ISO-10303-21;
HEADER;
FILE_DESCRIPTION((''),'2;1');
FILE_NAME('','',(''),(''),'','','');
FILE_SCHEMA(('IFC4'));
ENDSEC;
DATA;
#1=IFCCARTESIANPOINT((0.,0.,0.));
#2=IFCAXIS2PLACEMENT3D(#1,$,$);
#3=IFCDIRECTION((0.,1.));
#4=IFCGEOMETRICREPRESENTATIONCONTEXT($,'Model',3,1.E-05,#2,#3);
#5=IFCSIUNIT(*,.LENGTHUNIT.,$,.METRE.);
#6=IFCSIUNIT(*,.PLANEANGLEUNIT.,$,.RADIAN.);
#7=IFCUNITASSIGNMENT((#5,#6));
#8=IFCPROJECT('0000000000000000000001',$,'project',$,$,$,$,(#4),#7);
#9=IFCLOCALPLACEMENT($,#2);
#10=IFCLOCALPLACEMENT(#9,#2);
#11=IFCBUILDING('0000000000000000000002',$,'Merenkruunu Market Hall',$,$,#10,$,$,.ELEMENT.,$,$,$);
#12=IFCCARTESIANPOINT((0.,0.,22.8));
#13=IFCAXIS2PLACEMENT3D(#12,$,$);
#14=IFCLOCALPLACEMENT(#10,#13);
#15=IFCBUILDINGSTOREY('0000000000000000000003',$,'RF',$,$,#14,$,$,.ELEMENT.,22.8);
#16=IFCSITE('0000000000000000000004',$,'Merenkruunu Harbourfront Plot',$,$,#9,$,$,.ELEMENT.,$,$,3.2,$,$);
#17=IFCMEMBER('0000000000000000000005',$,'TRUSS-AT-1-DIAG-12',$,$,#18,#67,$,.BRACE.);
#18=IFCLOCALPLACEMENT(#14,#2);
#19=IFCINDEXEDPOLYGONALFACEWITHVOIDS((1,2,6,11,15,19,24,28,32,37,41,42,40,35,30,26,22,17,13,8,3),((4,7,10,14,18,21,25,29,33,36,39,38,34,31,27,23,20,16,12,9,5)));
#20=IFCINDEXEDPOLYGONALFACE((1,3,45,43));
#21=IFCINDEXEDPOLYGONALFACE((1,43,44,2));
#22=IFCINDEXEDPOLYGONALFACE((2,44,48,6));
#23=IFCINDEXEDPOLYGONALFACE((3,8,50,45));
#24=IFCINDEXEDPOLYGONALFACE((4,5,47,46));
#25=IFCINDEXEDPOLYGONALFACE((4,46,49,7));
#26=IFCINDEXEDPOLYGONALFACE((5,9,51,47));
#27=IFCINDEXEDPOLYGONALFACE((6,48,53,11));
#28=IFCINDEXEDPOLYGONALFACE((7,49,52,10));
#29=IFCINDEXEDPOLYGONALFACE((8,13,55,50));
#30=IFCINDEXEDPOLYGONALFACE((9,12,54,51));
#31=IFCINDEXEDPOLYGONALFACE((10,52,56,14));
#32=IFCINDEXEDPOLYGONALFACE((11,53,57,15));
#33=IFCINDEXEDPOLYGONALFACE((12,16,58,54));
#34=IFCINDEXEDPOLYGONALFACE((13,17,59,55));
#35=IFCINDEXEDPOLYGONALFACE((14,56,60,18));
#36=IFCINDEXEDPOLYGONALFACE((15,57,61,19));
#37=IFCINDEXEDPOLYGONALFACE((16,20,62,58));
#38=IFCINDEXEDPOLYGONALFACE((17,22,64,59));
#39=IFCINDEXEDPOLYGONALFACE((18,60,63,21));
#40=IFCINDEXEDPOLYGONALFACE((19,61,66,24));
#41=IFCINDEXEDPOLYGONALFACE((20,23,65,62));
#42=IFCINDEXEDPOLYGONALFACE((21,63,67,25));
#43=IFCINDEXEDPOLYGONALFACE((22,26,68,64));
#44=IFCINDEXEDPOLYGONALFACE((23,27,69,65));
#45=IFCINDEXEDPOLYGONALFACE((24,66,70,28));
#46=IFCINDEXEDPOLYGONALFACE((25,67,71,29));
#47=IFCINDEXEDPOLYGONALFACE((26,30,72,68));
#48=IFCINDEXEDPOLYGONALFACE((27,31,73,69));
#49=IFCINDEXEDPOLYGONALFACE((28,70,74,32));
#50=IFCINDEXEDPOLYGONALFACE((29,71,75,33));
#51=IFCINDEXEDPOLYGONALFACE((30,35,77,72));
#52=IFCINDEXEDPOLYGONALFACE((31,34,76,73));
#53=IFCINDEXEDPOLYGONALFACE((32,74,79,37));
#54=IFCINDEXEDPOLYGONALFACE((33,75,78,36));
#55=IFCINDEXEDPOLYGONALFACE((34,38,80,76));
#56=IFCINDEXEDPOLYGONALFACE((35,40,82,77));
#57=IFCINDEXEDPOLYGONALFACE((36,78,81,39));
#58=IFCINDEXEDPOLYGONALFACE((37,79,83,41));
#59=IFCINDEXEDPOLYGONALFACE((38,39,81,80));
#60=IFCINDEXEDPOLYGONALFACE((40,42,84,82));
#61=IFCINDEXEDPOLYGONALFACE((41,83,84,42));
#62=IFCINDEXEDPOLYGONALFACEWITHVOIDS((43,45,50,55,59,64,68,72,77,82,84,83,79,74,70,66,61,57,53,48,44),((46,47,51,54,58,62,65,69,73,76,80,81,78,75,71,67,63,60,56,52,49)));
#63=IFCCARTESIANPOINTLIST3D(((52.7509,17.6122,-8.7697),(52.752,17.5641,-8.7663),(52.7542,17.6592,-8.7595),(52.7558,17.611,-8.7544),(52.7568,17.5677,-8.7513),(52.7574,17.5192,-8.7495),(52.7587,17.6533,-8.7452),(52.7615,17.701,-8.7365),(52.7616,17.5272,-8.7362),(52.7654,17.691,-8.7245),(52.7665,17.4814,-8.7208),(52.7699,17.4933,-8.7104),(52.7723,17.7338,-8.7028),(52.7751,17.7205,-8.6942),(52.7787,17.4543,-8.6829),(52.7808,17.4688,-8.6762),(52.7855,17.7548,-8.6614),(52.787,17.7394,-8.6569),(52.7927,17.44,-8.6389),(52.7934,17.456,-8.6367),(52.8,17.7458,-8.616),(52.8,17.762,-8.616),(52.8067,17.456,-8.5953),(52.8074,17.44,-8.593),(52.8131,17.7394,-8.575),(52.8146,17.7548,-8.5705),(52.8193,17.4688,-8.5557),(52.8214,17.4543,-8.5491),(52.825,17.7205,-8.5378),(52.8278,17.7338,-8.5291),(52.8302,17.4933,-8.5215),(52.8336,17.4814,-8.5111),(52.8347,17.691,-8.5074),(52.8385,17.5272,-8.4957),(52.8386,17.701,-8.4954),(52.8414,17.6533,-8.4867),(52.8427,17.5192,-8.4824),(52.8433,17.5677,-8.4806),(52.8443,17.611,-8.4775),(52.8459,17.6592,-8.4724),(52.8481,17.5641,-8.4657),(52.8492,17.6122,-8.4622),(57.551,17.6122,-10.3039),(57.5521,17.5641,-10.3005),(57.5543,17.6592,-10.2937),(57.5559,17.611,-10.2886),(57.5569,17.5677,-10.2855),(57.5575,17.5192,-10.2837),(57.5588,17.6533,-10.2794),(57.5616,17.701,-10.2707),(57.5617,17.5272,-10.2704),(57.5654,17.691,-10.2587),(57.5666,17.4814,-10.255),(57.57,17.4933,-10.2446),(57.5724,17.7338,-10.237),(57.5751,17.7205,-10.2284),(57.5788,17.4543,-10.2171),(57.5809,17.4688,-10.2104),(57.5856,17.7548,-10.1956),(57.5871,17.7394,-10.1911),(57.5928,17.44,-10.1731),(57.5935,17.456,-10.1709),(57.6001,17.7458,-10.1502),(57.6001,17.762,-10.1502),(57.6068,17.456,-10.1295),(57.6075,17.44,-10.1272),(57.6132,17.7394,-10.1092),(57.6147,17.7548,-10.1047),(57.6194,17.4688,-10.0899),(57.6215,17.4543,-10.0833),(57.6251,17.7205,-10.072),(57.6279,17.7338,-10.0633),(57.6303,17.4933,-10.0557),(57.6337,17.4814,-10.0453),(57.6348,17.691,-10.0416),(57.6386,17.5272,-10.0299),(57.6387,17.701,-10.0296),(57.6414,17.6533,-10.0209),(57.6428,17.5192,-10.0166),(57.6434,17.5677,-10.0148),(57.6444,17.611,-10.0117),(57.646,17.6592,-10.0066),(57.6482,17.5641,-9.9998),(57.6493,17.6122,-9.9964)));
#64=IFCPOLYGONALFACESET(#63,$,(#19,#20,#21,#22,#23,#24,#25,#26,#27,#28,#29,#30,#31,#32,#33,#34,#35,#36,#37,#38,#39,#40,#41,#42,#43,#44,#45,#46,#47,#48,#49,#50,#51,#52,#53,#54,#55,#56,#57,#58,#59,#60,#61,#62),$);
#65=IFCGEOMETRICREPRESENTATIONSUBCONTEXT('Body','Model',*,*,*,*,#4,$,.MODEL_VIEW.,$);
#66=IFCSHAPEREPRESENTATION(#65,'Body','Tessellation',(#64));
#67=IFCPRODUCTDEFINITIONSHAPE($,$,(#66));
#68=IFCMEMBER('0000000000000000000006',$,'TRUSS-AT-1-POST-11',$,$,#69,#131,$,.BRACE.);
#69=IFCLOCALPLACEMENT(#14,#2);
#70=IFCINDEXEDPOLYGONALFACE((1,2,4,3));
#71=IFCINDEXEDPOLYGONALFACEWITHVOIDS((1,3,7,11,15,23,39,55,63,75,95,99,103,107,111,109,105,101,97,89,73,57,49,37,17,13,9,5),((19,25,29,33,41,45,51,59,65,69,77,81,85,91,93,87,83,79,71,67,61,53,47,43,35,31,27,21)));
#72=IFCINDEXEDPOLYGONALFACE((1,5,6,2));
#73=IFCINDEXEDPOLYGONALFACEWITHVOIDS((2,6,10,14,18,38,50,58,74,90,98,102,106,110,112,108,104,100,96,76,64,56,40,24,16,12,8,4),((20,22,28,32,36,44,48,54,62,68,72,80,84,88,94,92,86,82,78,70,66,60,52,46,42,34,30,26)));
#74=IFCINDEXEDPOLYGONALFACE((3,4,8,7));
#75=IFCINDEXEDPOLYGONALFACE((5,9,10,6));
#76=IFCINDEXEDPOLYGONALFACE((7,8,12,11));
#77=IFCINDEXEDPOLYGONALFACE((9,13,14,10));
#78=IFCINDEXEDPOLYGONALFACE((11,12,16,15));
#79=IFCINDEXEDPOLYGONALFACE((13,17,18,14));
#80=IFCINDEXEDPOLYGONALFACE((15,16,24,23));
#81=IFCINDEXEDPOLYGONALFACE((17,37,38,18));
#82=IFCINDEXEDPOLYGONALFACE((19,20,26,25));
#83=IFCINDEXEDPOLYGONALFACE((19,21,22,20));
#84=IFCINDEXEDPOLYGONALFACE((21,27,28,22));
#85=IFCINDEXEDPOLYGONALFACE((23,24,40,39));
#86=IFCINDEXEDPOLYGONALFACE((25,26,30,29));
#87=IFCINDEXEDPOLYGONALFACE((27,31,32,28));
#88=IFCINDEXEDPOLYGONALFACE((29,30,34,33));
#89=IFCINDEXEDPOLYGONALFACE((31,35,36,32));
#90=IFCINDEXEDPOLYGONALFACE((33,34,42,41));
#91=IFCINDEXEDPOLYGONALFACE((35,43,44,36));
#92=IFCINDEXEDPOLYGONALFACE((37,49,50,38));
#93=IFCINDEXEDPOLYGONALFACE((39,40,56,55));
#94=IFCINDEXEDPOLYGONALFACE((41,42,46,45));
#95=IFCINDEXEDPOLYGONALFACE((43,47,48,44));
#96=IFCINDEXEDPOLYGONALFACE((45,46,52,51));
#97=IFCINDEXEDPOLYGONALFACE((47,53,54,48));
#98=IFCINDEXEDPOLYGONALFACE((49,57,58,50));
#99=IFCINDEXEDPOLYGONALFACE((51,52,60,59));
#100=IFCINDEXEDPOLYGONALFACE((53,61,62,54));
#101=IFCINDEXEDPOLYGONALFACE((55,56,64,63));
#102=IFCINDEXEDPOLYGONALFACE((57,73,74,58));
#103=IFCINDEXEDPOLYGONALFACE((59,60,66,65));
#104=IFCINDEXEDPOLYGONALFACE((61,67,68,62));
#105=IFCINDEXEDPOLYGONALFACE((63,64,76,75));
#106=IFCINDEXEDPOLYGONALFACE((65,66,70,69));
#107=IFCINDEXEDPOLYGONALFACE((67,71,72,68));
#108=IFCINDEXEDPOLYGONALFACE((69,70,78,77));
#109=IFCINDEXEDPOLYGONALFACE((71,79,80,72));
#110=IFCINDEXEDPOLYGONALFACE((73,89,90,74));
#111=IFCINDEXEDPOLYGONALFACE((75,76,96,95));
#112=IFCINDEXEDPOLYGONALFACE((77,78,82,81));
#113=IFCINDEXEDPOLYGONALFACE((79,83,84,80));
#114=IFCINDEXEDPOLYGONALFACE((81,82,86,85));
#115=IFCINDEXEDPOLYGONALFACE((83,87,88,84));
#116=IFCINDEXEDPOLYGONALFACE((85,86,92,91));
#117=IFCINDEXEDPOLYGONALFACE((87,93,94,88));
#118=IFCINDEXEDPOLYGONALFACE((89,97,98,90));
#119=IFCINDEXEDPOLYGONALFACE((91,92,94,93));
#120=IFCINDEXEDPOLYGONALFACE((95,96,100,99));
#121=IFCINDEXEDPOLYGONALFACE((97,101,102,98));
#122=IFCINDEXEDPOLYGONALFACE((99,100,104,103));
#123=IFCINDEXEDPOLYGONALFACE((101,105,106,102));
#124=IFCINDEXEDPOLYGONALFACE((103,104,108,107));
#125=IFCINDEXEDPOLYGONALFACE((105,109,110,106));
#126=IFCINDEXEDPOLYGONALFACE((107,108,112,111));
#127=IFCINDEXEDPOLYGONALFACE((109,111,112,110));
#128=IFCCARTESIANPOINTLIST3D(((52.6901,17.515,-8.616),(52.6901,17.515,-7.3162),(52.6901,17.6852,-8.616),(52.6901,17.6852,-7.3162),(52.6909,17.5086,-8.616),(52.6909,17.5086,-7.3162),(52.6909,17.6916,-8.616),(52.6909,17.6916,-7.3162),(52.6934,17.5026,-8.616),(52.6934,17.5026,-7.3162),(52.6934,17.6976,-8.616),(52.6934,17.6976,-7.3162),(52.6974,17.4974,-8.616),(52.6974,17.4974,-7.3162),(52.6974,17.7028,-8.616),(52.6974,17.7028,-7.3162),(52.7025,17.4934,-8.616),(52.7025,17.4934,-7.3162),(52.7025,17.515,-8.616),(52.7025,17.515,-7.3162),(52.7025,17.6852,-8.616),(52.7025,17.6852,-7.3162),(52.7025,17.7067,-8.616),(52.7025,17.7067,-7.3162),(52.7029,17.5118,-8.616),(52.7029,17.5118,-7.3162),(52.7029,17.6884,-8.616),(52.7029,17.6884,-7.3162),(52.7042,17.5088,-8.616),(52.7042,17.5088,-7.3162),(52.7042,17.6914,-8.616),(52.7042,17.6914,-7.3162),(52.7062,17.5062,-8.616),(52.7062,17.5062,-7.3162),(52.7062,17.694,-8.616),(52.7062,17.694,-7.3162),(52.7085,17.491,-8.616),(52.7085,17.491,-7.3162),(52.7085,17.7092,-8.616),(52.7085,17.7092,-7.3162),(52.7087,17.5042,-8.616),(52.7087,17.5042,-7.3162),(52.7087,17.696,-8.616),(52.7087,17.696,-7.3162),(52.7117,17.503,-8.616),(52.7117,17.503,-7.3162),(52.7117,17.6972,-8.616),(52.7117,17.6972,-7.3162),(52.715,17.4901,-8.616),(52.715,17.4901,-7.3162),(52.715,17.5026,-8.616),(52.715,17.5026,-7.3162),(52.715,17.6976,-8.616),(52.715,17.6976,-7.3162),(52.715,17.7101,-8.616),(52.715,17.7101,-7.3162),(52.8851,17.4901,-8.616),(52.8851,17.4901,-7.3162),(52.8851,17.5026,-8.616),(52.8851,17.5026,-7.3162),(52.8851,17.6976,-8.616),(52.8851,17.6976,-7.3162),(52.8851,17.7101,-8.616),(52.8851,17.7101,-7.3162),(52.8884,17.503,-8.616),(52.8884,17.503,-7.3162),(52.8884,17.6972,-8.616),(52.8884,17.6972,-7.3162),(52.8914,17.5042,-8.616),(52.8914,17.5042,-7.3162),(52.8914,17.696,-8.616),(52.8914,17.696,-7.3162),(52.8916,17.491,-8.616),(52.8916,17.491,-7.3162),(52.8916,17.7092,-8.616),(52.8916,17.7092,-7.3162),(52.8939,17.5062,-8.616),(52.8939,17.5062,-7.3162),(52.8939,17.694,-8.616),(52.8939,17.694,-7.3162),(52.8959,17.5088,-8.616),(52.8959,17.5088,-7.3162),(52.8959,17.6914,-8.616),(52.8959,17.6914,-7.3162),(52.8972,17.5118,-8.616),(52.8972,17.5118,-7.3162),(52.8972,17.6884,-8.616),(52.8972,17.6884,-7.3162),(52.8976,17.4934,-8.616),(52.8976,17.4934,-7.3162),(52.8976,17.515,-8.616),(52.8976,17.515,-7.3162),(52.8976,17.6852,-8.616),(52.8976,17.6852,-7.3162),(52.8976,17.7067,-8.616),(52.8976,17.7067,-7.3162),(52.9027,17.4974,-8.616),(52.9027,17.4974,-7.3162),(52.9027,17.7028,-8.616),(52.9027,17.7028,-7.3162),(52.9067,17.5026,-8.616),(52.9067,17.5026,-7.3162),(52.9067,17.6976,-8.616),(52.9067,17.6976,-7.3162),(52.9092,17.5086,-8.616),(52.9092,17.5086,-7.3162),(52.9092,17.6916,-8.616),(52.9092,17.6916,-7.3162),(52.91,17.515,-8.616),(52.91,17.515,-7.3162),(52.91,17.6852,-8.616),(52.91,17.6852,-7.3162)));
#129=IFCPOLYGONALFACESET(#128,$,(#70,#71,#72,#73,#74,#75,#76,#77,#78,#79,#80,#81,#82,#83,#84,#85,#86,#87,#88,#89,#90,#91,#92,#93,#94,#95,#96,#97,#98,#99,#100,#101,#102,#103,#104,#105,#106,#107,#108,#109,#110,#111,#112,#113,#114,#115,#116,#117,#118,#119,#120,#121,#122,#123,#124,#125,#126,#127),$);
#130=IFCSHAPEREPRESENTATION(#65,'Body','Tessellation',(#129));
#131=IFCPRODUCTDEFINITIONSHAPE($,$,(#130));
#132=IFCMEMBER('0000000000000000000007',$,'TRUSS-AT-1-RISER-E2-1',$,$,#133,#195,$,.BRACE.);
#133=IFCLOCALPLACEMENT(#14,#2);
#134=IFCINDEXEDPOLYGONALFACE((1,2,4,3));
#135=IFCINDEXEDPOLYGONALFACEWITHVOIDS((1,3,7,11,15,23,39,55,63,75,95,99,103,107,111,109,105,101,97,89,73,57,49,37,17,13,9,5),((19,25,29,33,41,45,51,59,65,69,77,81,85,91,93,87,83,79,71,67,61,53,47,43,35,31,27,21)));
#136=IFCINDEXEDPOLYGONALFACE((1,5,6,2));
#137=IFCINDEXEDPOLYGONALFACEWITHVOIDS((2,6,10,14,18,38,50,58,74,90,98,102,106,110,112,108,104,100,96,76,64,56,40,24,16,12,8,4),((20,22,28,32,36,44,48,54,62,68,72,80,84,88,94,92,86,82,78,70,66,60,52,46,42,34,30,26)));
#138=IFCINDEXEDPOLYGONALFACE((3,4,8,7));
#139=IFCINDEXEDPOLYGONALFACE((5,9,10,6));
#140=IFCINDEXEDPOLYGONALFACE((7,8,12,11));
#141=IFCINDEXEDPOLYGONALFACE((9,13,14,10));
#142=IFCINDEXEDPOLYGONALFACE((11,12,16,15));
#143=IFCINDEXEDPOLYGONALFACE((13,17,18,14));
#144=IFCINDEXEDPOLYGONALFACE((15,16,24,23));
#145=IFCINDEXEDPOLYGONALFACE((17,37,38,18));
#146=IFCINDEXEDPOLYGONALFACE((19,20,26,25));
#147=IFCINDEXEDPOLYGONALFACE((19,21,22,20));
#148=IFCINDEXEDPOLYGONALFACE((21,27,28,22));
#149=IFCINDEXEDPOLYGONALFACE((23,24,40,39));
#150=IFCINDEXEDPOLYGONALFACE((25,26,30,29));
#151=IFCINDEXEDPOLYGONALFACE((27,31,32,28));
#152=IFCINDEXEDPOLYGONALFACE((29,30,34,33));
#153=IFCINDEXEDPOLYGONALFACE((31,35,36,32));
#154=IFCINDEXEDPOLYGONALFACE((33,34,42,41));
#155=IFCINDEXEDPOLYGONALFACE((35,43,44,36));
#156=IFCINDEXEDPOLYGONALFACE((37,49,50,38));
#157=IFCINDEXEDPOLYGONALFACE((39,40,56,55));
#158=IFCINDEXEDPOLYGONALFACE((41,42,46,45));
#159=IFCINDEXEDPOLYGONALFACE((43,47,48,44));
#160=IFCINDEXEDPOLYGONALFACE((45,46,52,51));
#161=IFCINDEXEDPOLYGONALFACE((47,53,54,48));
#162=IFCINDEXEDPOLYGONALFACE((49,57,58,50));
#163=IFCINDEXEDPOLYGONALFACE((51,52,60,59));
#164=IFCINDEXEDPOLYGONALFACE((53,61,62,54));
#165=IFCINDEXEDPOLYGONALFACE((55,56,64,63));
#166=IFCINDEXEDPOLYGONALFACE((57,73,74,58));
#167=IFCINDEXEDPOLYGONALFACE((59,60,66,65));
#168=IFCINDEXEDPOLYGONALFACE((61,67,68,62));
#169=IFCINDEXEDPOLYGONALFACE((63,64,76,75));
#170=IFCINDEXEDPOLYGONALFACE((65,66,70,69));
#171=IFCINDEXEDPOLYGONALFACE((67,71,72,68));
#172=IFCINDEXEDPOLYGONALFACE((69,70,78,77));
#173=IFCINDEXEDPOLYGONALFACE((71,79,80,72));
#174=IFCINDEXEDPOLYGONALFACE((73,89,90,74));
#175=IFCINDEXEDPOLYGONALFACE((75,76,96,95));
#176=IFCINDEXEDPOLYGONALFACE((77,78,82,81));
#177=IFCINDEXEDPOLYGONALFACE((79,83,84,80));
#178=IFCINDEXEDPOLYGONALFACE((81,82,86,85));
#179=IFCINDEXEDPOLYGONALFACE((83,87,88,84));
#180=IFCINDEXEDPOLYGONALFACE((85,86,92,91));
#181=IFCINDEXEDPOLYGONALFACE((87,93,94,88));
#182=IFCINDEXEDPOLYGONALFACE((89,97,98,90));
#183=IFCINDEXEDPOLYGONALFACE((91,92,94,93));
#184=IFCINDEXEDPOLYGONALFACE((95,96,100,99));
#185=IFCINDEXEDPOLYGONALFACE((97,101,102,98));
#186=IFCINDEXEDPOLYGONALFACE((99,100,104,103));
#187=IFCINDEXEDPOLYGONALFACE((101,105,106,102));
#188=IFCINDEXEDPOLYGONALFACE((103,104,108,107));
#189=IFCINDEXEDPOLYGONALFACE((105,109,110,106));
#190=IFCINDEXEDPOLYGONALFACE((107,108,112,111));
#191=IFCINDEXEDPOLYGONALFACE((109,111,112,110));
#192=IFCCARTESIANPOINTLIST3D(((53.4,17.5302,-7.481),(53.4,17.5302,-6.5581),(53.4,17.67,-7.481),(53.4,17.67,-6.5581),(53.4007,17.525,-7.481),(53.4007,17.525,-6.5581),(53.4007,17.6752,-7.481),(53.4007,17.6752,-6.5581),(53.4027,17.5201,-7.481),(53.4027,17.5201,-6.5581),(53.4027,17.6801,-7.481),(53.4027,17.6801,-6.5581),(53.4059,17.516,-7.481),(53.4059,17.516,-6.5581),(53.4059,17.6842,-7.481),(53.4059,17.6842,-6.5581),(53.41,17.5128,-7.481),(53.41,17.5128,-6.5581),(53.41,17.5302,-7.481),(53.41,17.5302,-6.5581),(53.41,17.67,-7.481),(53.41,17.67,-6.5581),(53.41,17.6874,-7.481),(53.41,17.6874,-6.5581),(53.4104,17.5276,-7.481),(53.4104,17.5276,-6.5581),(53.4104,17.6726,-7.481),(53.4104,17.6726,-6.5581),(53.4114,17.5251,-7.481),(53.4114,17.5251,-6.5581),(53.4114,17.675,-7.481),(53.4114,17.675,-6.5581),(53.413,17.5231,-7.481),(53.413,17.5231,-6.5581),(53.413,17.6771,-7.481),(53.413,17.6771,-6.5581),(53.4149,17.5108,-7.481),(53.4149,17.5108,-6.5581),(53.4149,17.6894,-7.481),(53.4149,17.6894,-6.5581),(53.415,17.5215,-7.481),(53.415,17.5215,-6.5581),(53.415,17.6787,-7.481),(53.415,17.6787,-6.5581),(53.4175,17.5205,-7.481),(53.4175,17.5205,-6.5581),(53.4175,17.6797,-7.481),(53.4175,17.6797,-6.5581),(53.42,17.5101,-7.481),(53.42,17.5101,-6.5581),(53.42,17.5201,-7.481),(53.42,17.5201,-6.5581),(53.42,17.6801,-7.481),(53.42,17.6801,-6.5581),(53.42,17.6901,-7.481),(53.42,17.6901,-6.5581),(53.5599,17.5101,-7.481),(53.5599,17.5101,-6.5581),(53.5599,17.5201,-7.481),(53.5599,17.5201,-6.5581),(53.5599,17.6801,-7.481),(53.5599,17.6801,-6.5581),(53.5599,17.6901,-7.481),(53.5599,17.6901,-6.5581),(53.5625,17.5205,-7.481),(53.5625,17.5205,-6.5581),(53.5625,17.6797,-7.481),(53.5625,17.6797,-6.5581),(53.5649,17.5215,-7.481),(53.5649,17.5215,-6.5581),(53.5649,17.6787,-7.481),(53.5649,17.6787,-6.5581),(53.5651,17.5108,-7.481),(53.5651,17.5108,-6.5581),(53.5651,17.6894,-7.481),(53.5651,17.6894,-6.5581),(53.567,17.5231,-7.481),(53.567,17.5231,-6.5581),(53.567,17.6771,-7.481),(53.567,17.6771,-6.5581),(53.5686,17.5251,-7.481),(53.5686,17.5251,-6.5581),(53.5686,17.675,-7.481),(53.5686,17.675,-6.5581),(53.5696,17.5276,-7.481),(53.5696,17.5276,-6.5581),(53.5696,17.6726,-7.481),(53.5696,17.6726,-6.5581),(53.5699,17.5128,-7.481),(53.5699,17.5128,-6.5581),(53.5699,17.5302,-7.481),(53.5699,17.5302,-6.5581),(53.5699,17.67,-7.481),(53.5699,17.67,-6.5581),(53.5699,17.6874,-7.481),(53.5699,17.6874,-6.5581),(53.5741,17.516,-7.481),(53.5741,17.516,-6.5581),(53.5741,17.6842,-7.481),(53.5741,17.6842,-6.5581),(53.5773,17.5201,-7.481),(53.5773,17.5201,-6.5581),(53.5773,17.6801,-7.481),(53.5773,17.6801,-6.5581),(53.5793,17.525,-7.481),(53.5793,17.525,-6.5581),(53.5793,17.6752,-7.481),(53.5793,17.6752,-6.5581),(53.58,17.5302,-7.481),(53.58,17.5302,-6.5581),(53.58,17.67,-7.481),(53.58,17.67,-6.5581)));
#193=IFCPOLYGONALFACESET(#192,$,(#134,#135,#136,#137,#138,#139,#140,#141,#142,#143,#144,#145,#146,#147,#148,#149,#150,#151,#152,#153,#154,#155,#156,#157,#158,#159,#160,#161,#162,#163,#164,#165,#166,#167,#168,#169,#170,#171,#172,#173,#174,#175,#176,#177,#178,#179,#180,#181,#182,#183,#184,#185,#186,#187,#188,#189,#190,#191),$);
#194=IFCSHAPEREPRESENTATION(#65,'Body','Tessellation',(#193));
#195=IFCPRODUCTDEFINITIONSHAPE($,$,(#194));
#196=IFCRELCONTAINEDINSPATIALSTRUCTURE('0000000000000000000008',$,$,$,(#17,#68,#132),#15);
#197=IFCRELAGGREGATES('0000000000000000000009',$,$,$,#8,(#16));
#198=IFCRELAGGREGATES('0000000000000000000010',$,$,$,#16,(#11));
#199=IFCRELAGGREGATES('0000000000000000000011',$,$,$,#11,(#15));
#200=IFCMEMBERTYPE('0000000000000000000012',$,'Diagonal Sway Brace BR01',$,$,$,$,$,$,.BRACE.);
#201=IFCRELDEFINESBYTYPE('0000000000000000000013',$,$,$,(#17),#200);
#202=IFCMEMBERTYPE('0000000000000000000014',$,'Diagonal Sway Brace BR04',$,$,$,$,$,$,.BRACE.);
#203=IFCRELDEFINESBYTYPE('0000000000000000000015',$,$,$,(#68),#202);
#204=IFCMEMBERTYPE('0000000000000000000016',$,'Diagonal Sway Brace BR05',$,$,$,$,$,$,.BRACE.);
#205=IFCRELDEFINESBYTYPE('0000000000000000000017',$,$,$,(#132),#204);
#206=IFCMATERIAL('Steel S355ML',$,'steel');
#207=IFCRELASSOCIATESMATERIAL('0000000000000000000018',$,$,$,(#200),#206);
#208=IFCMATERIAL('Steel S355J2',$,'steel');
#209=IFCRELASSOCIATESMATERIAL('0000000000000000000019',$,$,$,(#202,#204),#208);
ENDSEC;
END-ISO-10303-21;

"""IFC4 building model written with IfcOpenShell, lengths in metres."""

from ifc_helpers import new_model, si_unit, direction, frame, origin, origin_2d, place, context, subcontext, project, spatial, hollow_rectangle, hollow_circle, extrude, material, material_profile, profile_set, type_object, element, save


model = new_model("IFC4")

# Units and contexts
model_context = context("Model", 3, precision=1e-05, world=origin(), true_north=direction((0.0, 1.0)))
body_context = subcontext(model_context, "Body", "Model", "MODEL_VIEW")
ifc_project = project(units=[si_unit("LENGTHUNIT", "METRE"), si_unit("PLANEANGLEUNIT", "RADIAN")], contexts=[model_context])

# Site, building, storey
site_placement = place(None, origin())
site = spatial("IfcSite", under=ifc_project, at=site_placement, Name="Merenkruunu Harbourfront Plot", CompositionType="ELEMENT", RefElevation=3.2)
building_placement = place(site_placement, origin())
building = spatial("IfcBuilding", under=site, at=building_placement, Name="Merenkruunu Market Hall", CompositionType="ELEMENT")
storey_placement = place(building_placement, frame((0.0, 0.0, 22.8)))
storey = spatial("IfcBuildingStorey", under=building, at=storey_placement, Name="RF", CompositionType="ELEMENT", Elevation=22.8)

# Shared definitions
ifc_material_1 = material(Name="Steel S355ML", Category="steel")

# Members
ifc_material_profile_1 = material_profile(ifc_material_1, hollow_circle(Radius=0.1619, WallThickness=0.0161, at=origin_2d()), Name="CHS 323.9x16")
ifc_profile_set_1 = profile_set([ifc_material_profile_1], Name="Steel S355ML")
member_type_1 = type_object("IfcMemberType", Name="Diagonal Sway Brace BR01", PredefinedType="BRACE", material=ifc_profile_set_1)
member_1_placement = place(storey_placement, frame((52.8, 17.6001, -8.616), z_axis=(0.95253, 0.0, -0.304445), x_axis=(0.0, 1.0, 0.0)))
element("IfcMember", 1, at=member_1_placement, inside=storey, type_object=member_type_1, Name="TRUSS-AT-1-DIAG-12", PredefinedType="BRACE", context=body_context, shape_type="SweptSolid", body=[
    extrude(hollow_circle(Radius=0.1619, WallThickness=0.0161, at=origin_2d()), origin(), (0.0, 0.0, 1.0), 5.0393),
])
ifc_material_2 = material(Name="Steel S355J2", Category="steel")
ifc_material_profile_2 = material_profile(ifc_material_2, hollow_rectangle(XDim=0.22, YDim=0.22, WallThickness=0.0125, InnerFilletRadius=0.0125, OuterFilletRadius=0.0249, at=origin_2d()), Name="SHS 220x220x12.5")
ifc_profile_set_2 = profile_set([ifc_material_profile_2], Name="Steel S355J2")
member_type_2 = type_object("IfcMemberType", Name="Diagonal Sway Brace BR04", PredefinedType="BRACE", material=ifc_profile_set_2)
member_2_placement = place(storey_placement, frame((52.8, 17.6001, -8.616), z_axis=(0.0, 0.0, 1.0), x_axis=(1.0, 0.0, 0.0)))
element("IfcMember", 2, at=member_2_placement, inside=storey, type_object=member_type_2, Name="TRUSS-AT-1-POST-11", PredefinedType="BRACE", context=body_context, shape_type="SweptSolid", body=[
    extrude(hollow_rectangle(XDim=0.22, YDim=0.22, WallThickness=0.0125, InnerFilletRadius=0.0125, OuterFilletRadius=0.0249, at=origin_2d()), origin(), (0.0, 0.0, 1.0), 1.2998),
])
ifc_material_profile_3 = material_profile(ifc_material_2, hollow_rectangle(XDim=0.1799, YDim=0.1799, WallThickness=0.01, InnerFilletRadius=0.01, OuterFilletRadius=0.02, at=origin_2d()), Name="SHS 180x180x10")
ifc_profile_set_3 = profile_set([ifc_material_profile_3], Name="Steel S355J2")
member_type_3 = type_object("IfcMemberType", Name="Diagonal Sway Brace BR05", PredefinedType="BRACE", material=ifc_profile_set_3)
member_3_placement = place(storey_placement, frame((53.49, 17.6001, -7.481), z_axis=(0.0, 0.0, 1.0), x_axis=(1.0, 0.0, 0.0)))
element("IfcMember", 3, at=member_3_placement, inside=storey, type_object=member_type_3, Name="TRUSS-AT-1-RISER-E2-1", PredefinedType="BRACE", context=body_context, shape_type="SweptSolid", body=[
    extrude(hollow_rectangle(XDim=0.1799, YDim=0.1799, WallThickness=0.01, InnerFilletRadius=0.01, OuterFilletRadius=0.02, at=origin_2d()), origin(), (0.0, 0.0, 1.0), 0.9229),
])

save(model, "model.ifc")
